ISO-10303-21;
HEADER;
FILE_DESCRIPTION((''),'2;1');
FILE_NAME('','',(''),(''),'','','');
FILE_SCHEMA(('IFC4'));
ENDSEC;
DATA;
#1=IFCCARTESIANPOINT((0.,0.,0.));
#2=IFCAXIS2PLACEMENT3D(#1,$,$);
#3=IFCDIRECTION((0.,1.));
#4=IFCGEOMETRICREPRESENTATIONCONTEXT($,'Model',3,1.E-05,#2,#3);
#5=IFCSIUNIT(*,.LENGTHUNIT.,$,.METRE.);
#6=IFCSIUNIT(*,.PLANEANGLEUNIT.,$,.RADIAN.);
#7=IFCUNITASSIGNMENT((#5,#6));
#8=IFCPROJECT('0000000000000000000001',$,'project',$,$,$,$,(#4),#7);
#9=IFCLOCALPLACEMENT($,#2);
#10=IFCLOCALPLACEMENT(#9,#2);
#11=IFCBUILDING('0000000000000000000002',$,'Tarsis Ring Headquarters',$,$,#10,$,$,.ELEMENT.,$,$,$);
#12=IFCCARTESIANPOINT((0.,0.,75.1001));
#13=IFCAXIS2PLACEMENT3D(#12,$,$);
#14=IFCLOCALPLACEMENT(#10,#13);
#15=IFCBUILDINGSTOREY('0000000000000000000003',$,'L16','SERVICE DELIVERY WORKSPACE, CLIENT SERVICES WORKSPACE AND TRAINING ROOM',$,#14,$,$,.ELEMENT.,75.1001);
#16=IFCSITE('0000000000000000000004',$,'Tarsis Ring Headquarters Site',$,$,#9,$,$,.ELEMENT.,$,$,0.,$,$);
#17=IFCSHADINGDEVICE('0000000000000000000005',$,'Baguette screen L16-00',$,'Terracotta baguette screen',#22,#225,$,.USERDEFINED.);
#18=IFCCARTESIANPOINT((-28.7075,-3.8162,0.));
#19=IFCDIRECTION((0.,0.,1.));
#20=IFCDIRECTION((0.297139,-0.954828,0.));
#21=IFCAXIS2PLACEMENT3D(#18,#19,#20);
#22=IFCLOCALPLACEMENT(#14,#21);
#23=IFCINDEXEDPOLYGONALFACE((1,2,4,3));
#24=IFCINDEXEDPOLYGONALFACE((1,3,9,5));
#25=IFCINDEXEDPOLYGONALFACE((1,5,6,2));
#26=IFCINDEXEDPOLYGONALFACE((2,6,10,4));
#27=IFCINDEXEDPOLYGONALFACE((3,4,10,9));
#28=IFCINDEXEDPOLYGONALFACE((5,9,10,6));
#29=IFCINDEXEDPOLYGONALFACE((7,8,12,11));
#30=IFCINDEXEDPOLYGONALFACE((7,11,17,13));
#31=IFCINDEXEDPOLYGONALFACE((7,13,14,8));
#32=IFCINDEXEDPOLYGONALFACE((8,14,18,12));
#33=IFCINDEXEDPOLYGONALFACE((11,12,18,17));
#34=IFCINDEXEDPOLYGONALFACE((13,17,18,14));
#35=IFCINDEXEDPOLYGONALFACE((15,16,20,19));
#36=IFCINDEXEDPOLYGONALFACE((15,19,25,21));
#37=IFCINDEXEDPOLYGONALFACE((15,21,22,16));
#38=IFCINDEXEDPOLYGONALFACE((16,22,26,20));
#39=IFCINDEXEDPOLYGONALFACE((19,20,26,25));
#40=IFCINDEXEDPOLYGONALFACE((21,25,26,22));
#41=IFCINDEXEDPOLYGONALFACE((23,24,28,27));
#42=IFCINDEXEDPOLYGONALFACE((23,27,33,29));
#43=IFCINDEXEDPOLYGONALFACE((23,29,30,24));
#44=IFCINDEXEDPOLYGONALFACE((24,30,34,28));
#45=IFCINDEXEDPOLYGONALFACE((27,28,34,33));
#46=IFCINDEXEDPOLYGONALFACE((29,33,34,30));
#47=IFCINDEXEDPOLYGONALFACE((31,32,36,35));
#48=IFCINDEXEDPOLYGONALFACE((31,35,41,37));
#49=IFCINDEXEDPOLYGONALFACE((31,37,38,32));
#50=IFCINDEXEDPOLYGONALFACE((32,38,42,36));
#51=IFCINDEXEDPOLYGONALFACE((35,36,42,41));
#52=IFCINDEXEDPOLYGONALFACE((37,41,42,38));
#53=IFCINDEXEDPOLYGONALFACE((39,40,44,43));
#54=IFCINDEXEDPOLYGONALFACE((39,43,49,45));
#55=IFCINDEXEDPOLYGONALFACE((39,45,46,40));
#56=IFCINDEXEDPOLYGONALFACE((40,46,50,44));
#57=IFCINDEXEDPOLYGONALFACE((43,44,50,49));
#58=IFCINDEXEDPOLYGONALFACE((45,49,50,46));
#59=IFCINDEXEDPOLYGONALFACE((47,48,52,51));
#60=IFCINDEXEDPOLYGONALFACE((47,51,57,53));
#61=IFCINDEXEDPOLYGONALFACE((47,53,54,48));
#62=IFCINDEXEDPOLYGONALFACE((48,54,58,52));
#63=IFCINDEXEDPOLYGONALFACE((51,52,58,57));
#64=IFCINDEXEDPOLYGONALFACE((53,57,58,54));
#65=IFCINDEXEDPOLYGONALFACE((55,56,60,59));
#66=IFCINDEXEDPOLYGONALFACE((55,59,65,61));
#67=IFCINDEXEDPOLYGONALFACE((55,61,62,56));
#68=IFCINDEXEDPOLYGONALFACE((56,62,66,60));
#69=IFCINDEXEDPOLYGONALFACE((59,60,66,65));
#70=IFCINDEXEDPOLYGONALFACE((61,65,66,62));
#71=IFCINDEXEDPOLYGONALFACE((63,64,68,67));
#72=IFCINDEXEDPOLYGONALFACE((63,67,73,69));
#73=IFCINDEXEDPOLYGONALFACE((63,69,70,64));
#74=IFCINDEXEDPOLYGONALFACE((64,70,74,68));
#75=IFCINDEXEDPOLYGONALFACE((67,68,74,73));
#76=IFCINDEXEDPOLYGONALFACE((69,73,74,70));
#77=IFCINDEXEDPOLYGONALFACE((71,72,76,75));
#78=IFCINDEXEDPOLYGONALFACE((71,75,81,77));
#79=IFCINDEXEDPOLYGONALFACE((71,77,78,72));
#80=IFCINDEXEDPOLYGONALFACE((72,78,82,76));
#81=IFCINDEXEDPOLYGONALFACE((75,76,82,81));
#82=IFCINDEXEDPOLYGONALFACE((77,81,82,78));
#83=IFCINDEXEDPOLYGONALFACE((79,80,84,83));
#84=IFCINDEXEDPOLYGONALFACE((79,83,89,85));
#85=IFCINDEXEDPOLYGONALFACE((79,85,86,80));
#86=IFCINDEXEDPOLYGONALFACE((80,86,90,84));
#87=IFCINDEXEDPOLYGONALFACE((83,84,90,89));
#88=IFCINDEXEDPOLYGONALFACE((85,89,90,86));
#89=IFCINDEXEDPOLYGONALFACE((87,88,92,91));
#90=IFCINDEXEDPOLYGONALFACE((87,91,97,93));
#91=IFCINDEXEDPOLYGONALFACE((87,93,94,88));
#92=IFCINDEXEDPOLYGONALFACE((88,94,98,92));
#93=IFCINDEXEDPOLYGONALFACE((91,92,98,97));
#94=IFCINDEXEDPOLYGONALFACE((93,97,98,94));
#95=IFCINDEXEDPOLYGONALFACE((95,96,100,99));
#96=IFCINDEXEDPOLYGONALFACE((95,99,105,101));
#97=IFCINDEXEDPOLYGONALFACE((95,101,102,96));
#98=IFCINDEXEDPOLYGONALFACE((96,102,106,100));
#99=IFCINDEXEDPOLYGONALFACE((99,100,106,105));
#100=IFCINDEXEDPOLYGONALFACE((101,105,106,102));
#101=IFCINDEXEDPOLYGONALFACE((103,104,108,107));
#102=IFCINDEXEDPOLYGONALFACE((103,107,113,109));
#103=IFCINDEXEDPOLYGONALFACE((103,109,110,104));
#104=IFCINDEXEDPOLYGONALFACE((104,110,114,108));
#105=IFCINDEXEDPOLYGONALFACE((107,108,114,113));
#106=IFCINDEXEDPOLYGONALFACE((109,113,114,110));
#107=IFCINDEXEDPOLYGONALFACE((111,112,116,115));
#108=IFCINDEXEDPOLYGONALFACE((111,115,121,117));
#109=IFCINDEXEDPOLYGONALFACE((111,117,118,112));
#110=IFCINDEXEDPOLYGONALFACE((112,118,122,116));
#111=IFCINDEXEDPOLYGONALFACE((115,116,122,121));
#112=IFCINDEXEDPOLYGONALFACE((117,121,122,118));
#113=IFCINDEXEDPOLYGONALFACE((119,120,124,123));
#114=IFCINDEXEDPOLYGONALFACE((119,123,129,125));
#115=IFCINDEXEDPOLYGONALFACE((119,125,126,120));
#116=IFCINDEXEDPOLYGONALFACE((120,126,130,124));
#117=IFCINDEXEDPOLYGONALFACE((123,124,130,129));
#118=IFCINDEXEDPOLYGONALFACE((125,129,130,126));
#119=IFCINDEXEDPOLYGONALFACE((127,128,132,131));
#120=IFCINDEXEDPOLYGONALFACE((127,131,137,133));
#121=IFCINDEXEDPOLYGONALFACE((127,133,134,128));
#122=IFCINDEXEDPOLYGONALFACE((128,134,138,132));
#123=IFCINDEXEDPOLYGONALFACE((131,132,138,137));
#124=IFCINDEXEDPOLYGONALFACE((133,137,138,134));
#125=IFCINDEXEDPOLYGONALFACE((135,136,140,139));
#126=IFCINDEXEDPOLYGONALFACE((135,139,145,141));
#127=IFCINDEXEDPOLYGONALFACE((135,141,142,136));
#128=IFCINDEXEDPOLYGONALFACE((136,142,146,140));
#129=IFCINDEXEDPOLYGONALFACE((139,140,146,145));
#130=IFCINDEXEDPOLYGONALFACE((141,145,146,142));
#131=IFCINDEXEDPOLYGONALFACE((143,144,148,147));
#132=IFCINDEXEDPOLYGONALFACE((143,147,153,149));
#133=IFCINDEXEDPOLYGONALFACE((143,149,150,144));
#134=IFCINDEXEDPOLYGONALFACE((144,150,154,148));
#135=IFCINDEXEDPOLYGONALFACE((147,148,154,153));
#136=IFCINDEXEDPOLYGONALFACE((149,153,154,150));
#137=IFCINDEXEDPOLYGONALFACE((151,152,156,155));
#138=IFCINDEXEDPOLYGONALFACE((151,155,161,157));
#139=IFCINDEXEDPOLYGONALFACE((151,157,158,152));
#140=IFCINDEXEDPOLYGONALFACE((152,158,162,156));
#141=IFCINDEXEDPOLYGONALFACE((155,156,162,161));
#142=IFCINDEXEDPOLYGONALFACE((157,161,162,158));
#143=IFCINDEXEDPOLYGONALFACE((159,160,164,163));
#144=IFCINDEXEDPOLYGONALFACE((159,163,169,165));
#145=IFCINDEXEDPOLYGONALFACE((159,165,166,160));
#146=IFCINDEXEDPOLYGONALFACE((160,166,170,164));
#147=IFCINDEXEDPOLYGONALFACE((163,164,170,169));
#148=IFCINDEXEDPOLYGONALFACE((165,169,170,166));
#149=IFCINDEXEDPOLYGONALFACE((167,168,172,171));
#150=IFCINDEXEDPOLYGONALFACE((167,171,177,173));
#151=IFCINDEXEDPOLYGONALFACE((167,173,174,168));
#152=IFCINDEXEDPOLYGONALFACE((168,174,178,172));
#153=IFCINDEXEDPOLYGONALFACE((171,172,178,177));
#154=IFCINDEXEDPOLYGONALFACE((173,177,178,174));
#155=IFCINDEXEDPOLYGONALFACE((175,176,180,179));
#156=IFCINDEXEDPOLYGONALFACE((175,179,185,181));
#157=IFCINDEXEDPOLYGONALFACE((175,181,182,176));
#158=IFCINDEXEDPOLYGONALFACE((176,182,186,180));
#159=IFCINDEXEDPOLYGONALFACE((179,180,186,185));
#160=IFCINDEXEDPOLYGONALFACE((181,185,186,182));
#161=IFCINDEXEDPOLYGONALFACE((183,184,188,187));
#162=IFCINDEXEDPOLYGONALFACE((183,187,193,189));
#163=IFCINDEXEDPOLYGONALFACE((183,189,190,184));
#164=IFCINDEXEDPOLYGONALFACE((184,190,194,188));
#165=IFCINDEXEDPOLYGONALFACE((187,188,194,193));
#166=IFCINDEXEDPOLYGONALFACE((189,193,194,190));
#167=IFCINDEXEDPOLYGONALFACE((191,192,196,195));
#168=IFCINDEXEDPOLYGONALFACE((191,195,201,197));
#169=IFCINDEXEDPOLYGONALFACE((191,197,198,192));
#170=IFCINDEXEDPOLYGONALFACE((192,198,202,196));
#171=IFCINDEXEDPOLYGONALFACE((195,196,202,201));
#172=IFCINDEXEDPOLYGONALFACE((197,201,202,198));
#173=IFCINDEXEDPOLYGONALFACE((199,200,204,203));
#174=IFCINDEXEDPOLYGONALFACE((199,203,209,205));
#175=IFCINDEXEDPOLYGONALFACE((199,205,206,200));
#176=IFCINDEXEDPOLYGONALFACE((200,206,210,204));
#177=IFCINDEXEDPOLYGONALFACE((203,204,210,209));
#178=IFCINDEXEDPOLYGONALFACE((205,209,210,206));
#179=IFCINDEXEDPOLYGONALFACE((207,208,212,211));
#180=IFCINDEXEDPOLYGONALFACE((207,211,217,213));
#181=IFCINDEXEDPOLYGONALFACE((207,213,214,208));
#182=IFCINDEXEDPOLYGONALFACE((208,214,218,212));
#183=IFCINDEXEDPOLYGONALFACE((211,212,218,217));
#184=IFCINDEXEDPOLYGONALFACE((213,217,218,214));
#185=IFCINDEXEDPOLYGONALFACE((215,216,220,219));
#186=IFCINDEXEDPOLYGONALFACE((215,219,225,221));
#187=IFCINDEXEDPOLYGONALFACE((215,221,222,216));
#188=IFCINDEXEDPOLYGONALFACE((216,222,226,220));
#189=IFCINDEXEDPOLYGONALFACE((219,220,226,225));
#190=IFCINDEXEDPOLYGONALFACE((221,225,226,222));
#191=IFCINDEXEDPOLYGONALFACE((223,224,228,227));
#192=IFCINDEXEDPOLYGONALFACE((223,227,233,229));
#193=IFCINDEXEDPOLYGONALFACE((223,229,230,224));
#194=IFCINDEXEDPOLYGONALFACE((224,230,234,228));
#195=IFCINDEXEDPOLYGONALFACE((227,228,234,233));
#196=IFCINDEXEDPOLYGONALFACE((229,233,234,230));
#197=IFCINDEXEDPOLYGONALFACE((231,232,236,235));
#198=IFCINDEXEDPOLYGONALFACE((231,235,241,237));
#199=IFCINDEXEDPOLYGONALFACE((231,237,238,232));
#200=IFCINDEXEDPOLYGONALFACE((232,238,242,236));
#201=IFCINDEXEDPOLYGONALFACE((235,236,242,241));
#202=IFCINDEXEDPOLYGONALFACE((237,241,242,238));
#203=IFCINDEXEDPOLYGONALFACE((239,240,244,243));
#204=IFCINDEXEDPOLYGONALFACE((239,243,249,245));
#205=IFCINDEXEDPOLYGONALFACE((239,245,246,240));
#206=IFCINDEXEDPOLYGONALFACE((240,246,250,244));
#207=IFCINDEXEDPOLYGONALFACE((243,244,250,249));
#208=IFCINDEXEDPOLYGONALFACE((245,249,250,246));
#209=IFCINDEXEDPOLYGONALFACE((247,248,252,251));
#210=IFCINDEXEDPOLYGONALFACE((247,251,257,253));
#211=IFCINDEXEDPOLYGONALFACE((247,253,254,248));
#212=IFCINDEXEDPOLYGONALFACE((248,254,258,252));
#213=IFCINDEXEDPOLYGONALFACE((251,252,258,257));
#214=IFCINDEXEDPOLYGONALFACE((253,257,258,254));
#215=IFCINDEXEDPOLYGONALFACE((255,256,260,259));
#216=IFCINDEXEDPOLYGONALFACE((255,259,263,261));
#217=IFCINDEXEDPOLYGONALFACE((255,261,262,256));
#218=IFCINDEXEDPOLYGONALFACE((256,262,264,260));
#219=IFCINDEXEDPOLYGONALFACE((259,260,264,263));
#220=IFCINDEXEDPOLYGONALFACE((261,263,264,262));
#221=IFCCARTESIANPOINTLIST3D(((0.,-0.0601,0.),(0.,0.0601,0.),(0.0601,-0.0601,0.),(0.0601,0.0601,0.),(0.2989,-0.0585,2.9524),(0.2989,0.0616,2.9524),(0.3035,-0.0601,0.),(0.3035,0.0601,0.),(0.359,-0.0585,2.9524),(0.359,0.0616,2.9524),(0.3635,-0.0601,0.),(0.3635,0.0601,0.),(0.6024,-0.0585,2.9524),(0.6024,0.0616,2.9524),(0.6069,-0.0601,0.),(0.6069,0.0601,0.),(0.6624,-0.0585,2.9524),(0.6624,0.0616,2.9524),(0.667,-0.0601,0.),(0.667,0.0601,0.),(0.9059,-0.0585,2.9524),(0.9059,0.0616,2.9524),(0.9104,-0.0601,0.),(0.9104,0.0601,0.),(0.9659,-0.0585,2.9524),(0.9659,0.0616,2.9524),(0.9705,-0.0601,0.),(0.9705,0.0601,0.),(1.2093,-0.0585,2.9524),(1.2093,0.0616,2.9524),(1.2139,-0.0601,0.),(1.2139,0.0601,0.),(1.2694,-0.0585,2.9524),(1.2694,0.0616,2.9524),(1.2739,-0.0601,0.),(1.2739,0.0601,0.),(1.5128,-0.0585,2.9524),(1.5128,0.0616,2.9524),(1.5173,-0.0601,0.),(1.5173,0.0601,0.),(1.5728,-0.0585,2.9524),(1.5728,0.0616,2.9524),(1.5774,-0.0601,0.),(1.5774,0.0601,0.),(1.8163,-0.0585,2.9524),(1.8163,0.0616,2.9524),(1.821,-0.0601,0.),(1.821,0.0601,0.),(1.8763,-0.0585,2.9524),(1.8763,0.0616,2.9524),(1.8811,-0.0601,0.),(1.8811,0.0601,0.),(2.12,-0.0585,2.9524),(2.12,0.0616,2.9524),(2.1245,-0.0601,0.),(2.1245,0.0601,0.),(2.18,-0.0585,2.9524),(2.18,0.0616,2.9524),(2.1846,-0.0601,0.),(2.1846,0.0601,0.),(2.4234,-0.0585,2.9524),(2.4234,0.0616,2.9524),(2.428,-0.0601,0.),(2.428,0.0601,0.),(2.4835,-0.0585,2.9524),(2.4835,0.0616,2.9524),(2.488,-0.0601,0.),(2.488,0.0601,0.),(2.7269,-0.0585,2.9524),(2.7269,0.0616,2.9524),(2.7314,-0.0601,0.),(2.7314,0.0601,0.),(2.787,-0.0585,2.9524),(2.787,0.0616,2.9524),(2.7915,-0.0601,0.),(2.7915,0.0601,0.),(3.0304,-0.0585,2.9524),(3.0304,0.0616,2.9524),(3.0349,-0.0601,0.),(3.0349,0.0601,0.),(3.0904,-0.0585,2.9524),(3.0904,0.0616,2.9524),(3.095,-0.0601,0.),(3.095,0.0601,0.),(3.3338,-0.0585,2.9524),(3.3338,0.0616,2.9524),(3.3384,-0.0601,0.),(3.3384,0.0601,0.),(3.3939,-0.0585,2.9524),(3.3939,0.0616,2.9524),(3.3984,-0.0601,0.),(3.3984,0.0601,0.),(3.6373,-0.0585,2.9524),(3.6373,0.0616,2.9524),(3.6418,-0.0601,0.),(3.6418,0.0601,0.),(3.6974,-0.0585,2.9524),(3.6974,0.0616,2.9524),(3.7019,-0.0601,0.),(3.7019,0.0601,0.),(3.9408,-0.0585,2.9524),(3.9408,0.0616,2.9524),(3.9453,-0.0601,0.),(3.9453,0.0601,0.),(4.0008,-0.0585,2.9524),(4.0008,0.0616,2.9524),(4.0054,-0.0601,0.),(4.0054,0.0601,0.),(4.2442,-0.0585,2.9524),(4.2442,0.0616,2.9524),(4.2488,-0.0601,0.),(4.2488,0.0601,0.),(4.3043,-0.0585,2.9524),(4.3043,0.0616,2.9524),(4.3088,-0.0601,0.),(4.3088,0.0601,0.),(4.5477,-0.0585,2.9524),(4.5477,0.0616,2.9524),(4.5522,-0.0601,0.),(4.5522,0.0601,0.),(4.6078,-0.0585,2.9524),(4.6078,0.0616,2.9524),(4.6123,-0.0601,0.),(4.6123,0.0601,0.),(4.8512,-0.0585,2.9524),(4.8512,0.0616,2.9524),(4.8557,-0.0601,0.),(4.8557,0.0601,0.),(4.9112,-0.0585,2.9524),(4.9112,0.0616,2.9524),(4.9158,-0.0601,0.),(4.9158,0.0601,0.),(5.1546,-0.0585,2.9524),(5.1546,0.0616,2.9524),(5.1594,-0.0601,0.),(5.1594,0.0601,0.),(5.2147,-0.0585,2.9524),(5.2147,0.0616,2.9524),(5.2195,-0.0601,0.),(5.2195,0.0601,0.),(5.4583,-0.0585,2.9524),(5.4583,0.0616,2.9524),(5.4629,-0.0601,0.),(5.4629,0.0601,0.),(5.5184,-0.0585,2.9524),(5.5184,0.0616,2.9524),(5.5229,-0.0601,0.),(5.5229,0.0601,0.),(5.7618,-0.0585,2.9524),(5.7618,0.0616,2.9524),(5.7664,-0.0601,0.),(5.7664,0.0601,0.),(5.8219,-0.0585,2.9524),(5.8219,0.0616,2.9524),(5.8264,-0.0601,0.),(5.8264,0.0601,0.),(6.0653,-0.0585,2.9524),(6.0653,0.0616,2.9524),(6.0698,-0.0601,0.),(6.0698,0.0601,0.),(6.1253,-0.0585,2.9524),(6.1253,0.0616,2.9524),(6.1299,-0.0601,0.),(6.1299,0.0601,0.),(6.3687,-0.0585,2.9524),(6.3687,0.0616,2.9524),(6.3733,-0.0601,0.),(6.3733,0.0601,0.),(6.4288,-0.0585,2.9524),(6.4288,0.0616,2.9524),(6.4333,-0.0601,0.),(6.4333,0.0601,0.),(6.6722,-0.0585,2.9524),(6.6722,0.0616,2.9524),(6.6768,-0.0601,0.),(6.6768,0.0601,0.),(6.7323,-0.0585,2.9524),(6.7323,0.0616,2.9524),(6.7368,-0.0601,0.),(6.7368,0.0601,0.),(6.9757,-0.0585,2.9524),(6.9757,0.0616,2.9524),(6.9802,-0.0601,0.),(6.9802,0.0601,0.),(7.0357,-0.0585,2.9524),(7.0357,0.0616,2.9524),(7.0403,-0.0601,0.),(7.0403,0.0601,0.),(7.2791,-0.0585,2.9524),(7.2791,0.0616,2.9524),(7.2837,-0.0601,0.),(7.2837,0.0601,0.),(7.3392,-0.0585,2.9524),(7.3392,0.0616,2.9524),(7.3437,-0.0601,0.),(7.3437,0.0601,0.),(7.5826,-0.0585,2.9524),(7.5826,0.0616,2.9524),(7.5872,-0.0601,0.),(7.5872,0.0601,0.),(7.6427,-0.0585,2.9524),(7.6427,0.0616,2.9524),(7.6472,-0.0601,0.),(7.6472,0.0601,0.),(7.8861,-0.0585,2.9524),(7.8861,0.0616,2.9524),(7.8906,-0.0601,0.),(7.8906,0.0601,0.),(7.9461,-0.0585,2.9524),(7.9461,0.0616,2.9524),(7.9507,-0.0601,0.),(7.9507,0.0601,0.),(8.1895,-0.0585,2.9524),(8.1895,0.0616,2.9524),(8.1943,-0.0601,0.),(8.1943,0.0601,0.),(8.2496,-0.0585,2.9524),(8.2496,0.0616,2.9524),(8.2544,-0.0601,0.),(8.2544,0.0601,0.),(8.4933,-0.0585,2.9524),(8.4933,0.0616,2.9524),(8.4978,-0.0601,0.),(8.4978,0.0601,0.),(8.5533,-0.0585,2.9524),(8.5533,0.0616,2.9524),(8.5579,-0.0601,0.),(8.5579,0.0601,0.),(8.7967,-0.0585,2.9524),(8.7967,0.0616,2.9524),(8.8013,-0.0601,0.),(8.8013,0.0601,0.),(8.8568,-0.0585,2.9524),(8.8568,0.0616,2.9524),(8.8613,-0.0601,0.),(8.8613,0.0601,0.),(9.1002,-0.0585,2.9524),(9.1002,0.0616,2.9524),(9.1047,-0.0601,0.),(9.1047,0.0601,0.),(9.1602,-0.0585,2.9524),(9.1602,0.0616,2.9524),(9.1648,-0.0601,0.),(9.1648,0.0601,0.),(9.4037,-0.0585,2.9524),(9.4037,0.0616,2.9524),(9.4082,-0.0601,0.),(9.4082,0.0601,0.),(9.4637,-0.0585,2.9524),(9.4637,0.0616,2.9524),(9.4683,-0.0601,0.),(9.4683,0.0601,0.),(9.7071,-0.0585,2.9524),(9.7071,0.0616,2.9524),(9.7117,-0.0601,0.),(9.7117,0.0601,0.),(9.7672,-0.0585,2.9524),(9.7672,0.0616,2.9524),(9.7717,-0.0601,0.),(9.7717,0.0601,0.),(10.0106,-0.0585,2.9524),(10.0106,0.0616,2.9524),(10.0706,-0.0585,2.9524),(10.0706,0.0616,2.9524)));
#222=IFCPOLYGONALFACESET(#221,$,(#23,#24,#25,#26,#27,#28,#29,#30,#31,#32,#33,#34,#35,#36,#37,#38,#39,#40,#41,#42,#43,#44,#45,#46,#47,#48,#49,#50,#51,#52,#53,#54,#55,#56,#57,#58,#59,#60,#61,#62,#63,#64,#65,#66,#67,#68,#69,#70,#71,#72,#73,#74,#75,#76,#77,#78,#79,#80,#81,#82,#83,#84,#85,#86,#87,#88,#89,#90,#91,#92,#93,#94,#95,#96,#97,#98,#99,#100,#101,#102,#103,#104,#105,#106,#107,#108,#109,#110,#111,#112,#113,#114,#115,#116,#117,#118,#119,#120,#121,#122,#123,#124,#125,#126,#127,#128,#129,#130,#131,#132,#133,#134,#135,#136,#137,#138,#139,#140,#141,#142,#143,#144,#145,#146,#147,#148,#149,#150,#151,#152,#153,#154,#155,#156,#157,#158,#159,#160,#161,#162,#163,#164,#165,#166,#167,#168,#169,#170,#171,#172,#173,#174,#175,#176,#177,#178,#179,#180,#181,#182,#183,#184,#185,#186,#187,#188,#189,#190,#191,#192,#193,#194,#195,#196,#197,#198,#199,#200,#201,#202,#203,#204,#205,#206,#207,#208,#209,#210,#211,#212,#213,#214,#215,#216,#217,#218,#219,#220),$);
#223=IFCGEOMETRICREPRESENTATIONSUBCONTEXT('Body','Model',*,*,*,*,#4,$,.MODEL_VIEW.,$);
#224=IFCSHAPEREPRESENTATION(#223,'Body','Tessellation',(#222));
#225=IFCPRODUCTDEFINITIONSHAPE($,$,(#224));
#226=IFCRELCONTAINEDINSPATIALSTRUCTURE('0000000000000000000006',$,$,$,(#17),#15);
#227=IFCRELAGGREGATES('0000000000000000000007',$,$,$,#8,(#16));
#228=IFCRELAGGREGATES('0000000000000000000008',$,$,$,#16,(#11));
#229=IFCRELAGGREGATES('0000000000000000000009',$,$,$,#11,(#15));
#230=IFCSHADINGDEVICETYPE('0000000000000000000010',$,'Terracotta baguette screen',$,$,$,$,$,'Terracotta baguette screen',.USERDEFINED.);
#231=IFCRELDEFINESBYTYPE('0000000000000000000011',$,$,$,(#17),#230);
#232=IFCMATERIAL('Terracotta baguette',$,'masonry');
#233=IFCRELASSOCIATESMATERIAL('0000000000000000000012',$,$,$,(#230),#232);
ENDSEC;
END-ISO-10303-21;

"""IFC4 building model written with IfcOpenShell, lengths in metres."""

from ifc_helpers import new_model, si_unit, direction, frame, frame_2d, origin, place, context, subcontext, project, spatial, rectangle, composite_profile, extrude, material, type_object, element, save


model = new_model("IFC4")

# Units and contexts
model_context = context("Model", 3, precision=1e-05, world=origin(), true_north=direction((0.0, 1.0)))
body_context = subcontext(model_context, "Body", "Model", "MODEL_VIEW")
ifc_project = project(units=[si_unit("LENGTHUNIT", "METRE"), si_unit("PLANEANGLEUNIT", "RADIAN")], contexts=[model_context])

# Site, building, storey
site_placement = place(None, origin())
site = spatial("IfcSite", under=ifc_project, at=site_placement, Name="Tarsis Ring Headquarters Site", CompositionType="ELEMENT", RefElevation=0.0)
building_placement = place(site_placement, origin())
building = spatial("IfcBuilding", under=site, at=building_placement, Name="Tarsis Ring Headquarters", CompositionType="ELEMENT")
storey_placement = place(building_placement, frame((0.0, 0.0, 75.1001)))
storey = spatial("IfcBuildingStorey", under=building, at=storey_placement, Name="L16", Description="SERVICE DELIVERY WORKSPACE, CLIENT SERVICES WORKSPACE AND TRAINING ROOM", CompositionType="ELEMENT", Elevation=75.1001)

# Shading device
ifc_material_1 = material(Name="Terracotta baguette", Category="masonry")
shading_device_type = type_object("IfcShadingDeviceType", Name="Terracotta baguette screen", ElementType="Terracotta baguette screen", PredefinedType="USERDEFINED", material=ifc_material_1)
shading_device_1_placement = place(storey_placement, frame((-28.7075, -3.8162, 0.0), z_axis=(0.0, 0.0, 1.0), x_axis=(0.297139, -0.954828, 0.0)))
element("IfcShadingDevice", 1, at=shading_device_1_placement, inside=storey, type_object=shading_device_type, Name="Baguette screen L16-00", ObjectType="Terracotta baguette screen", PredefinedType="USERDEFINED", context=body_context, shape_type="SweptSolid", body=[
    extrude(composite_profile([rectangle(XDim=0.0601, YDim=0.1201, at=frame_2d((0.03, 0.0))), rectangle(XDim=0.0601, YDim=0.1201, at=frame_2d((0.3335, 0.0))), rectangle(XDim=0.0601, YDim=0.1201, at=frame_2d((0.637, 0.0))), rectangle(XDim=0.0601, YDim=0.1201, at=frame_2d((0.9404, 0.0))), rectangle(XDim=0.0601, YDim=0.1201, at=frame_2d((1.2439, 0.0))), rectangle(XDim=0.0601, YDim=0.1201, at=frame_2d((1.5474, 0.0))), rectangle(XDim=0.0601, YDim=0.1201, at=frame_2d((1.8511, 0.0))), rectangle(XDim=0.0601, YDim=0.1201, at=frame_2d((2.1545, 0.0))), rectangle(XDim=0.0601, YDim=0.1201, at=frame_2d((2.458, 0.0))), rectangle(XDim=0.0601, YDim=0.1201, at=frame_2d((2.7615, 0.0))), rectangle(XDim=0.0601, YDim=0.1201, at=frame_2d((3.0649, 0.0))), rectangle(XDim=0.0601, YDim=0.1201, at=frame_2d((3.3684, 0.0))), rectangle(XDim=0.0601, YDim=0.1201, at=frame_2d((3.6719, 0.0))), rectangle(XDim=0.0601, YDim=0.1201, at=frame_2d((3.9753, 0.0))), rectangle(XDim=0.0601, YDim=0.1201, at=frame_2d((4.2788, 0.0))), rectangle(XDim=0.0601, YDim=0.1201, at=frame_2d((4.5823, 0.0))), rectangle(XDim=0.0601, YDim=0.1201, at=frame_2d((4.8857, 0.0))), rectangle(XDim=0.0601, YDim=0.1201, at=frame_2d((5.1895, 0.0))), rectangle(XDim=0.0601, YDim=0.1201, at=frame_2d((5.4929, 0.0))), rectangle(XDim=0.0601, YDim=0.1201, at=frame_2d((5.7964, 0.0))), rectangle(XDim=0.0601, YDim=0.1201, at=frame_2d((6.0999, 0.0))), rectangle(XDim=0.0601, YDim=0.1201, at=frame_2d((6.4033, 0.0))), rectangle(XDim=0.0601, YDim=0.1201, at=frame_2d((6.7068, 0.0))), rectangle(XDim=0.0601, YDim=0.1201, at=frame_2d((7.0103, 0.0))), rectangle(XDim=0.0601, YDim=0.1201, at=frame_2d((7.3137, 0.0))), rectangle(XDim=0.0601, YDim=0.1201, at=frame_2d((7.6172, 0.0))), rectangle(XDim=0.0601, YDim=0.1201, at=frame_2d((7.9207, 0.0))), rectangle(XDim=0.0601, YDim=0.1201, at=frame_2d((8.2244, 0.0))), rectangle(XDim=0.0601, YDim=0.1201, at=frame_2d((8.5278, 0.0))), rectangle(XDim=0.0601, YDim=0.1201, at=frame_2d((8.8313, 0.0))), rectangle(XDim=0.0601, YDim=0.1201, at=frame_2d((9.1348, 0.0))), rectangle(XDim=0.0601, YDim=0.1201, at=frame_2d((9.4382, 0.0))), rectangle(XDim=0.0601, YDim=0.1201, at=frame_2d((9.7417, 0.0)))]), origin(), (0.10073, 0.000526, 0.994914), 2.9675),
])

save(model, "model.ifc")
